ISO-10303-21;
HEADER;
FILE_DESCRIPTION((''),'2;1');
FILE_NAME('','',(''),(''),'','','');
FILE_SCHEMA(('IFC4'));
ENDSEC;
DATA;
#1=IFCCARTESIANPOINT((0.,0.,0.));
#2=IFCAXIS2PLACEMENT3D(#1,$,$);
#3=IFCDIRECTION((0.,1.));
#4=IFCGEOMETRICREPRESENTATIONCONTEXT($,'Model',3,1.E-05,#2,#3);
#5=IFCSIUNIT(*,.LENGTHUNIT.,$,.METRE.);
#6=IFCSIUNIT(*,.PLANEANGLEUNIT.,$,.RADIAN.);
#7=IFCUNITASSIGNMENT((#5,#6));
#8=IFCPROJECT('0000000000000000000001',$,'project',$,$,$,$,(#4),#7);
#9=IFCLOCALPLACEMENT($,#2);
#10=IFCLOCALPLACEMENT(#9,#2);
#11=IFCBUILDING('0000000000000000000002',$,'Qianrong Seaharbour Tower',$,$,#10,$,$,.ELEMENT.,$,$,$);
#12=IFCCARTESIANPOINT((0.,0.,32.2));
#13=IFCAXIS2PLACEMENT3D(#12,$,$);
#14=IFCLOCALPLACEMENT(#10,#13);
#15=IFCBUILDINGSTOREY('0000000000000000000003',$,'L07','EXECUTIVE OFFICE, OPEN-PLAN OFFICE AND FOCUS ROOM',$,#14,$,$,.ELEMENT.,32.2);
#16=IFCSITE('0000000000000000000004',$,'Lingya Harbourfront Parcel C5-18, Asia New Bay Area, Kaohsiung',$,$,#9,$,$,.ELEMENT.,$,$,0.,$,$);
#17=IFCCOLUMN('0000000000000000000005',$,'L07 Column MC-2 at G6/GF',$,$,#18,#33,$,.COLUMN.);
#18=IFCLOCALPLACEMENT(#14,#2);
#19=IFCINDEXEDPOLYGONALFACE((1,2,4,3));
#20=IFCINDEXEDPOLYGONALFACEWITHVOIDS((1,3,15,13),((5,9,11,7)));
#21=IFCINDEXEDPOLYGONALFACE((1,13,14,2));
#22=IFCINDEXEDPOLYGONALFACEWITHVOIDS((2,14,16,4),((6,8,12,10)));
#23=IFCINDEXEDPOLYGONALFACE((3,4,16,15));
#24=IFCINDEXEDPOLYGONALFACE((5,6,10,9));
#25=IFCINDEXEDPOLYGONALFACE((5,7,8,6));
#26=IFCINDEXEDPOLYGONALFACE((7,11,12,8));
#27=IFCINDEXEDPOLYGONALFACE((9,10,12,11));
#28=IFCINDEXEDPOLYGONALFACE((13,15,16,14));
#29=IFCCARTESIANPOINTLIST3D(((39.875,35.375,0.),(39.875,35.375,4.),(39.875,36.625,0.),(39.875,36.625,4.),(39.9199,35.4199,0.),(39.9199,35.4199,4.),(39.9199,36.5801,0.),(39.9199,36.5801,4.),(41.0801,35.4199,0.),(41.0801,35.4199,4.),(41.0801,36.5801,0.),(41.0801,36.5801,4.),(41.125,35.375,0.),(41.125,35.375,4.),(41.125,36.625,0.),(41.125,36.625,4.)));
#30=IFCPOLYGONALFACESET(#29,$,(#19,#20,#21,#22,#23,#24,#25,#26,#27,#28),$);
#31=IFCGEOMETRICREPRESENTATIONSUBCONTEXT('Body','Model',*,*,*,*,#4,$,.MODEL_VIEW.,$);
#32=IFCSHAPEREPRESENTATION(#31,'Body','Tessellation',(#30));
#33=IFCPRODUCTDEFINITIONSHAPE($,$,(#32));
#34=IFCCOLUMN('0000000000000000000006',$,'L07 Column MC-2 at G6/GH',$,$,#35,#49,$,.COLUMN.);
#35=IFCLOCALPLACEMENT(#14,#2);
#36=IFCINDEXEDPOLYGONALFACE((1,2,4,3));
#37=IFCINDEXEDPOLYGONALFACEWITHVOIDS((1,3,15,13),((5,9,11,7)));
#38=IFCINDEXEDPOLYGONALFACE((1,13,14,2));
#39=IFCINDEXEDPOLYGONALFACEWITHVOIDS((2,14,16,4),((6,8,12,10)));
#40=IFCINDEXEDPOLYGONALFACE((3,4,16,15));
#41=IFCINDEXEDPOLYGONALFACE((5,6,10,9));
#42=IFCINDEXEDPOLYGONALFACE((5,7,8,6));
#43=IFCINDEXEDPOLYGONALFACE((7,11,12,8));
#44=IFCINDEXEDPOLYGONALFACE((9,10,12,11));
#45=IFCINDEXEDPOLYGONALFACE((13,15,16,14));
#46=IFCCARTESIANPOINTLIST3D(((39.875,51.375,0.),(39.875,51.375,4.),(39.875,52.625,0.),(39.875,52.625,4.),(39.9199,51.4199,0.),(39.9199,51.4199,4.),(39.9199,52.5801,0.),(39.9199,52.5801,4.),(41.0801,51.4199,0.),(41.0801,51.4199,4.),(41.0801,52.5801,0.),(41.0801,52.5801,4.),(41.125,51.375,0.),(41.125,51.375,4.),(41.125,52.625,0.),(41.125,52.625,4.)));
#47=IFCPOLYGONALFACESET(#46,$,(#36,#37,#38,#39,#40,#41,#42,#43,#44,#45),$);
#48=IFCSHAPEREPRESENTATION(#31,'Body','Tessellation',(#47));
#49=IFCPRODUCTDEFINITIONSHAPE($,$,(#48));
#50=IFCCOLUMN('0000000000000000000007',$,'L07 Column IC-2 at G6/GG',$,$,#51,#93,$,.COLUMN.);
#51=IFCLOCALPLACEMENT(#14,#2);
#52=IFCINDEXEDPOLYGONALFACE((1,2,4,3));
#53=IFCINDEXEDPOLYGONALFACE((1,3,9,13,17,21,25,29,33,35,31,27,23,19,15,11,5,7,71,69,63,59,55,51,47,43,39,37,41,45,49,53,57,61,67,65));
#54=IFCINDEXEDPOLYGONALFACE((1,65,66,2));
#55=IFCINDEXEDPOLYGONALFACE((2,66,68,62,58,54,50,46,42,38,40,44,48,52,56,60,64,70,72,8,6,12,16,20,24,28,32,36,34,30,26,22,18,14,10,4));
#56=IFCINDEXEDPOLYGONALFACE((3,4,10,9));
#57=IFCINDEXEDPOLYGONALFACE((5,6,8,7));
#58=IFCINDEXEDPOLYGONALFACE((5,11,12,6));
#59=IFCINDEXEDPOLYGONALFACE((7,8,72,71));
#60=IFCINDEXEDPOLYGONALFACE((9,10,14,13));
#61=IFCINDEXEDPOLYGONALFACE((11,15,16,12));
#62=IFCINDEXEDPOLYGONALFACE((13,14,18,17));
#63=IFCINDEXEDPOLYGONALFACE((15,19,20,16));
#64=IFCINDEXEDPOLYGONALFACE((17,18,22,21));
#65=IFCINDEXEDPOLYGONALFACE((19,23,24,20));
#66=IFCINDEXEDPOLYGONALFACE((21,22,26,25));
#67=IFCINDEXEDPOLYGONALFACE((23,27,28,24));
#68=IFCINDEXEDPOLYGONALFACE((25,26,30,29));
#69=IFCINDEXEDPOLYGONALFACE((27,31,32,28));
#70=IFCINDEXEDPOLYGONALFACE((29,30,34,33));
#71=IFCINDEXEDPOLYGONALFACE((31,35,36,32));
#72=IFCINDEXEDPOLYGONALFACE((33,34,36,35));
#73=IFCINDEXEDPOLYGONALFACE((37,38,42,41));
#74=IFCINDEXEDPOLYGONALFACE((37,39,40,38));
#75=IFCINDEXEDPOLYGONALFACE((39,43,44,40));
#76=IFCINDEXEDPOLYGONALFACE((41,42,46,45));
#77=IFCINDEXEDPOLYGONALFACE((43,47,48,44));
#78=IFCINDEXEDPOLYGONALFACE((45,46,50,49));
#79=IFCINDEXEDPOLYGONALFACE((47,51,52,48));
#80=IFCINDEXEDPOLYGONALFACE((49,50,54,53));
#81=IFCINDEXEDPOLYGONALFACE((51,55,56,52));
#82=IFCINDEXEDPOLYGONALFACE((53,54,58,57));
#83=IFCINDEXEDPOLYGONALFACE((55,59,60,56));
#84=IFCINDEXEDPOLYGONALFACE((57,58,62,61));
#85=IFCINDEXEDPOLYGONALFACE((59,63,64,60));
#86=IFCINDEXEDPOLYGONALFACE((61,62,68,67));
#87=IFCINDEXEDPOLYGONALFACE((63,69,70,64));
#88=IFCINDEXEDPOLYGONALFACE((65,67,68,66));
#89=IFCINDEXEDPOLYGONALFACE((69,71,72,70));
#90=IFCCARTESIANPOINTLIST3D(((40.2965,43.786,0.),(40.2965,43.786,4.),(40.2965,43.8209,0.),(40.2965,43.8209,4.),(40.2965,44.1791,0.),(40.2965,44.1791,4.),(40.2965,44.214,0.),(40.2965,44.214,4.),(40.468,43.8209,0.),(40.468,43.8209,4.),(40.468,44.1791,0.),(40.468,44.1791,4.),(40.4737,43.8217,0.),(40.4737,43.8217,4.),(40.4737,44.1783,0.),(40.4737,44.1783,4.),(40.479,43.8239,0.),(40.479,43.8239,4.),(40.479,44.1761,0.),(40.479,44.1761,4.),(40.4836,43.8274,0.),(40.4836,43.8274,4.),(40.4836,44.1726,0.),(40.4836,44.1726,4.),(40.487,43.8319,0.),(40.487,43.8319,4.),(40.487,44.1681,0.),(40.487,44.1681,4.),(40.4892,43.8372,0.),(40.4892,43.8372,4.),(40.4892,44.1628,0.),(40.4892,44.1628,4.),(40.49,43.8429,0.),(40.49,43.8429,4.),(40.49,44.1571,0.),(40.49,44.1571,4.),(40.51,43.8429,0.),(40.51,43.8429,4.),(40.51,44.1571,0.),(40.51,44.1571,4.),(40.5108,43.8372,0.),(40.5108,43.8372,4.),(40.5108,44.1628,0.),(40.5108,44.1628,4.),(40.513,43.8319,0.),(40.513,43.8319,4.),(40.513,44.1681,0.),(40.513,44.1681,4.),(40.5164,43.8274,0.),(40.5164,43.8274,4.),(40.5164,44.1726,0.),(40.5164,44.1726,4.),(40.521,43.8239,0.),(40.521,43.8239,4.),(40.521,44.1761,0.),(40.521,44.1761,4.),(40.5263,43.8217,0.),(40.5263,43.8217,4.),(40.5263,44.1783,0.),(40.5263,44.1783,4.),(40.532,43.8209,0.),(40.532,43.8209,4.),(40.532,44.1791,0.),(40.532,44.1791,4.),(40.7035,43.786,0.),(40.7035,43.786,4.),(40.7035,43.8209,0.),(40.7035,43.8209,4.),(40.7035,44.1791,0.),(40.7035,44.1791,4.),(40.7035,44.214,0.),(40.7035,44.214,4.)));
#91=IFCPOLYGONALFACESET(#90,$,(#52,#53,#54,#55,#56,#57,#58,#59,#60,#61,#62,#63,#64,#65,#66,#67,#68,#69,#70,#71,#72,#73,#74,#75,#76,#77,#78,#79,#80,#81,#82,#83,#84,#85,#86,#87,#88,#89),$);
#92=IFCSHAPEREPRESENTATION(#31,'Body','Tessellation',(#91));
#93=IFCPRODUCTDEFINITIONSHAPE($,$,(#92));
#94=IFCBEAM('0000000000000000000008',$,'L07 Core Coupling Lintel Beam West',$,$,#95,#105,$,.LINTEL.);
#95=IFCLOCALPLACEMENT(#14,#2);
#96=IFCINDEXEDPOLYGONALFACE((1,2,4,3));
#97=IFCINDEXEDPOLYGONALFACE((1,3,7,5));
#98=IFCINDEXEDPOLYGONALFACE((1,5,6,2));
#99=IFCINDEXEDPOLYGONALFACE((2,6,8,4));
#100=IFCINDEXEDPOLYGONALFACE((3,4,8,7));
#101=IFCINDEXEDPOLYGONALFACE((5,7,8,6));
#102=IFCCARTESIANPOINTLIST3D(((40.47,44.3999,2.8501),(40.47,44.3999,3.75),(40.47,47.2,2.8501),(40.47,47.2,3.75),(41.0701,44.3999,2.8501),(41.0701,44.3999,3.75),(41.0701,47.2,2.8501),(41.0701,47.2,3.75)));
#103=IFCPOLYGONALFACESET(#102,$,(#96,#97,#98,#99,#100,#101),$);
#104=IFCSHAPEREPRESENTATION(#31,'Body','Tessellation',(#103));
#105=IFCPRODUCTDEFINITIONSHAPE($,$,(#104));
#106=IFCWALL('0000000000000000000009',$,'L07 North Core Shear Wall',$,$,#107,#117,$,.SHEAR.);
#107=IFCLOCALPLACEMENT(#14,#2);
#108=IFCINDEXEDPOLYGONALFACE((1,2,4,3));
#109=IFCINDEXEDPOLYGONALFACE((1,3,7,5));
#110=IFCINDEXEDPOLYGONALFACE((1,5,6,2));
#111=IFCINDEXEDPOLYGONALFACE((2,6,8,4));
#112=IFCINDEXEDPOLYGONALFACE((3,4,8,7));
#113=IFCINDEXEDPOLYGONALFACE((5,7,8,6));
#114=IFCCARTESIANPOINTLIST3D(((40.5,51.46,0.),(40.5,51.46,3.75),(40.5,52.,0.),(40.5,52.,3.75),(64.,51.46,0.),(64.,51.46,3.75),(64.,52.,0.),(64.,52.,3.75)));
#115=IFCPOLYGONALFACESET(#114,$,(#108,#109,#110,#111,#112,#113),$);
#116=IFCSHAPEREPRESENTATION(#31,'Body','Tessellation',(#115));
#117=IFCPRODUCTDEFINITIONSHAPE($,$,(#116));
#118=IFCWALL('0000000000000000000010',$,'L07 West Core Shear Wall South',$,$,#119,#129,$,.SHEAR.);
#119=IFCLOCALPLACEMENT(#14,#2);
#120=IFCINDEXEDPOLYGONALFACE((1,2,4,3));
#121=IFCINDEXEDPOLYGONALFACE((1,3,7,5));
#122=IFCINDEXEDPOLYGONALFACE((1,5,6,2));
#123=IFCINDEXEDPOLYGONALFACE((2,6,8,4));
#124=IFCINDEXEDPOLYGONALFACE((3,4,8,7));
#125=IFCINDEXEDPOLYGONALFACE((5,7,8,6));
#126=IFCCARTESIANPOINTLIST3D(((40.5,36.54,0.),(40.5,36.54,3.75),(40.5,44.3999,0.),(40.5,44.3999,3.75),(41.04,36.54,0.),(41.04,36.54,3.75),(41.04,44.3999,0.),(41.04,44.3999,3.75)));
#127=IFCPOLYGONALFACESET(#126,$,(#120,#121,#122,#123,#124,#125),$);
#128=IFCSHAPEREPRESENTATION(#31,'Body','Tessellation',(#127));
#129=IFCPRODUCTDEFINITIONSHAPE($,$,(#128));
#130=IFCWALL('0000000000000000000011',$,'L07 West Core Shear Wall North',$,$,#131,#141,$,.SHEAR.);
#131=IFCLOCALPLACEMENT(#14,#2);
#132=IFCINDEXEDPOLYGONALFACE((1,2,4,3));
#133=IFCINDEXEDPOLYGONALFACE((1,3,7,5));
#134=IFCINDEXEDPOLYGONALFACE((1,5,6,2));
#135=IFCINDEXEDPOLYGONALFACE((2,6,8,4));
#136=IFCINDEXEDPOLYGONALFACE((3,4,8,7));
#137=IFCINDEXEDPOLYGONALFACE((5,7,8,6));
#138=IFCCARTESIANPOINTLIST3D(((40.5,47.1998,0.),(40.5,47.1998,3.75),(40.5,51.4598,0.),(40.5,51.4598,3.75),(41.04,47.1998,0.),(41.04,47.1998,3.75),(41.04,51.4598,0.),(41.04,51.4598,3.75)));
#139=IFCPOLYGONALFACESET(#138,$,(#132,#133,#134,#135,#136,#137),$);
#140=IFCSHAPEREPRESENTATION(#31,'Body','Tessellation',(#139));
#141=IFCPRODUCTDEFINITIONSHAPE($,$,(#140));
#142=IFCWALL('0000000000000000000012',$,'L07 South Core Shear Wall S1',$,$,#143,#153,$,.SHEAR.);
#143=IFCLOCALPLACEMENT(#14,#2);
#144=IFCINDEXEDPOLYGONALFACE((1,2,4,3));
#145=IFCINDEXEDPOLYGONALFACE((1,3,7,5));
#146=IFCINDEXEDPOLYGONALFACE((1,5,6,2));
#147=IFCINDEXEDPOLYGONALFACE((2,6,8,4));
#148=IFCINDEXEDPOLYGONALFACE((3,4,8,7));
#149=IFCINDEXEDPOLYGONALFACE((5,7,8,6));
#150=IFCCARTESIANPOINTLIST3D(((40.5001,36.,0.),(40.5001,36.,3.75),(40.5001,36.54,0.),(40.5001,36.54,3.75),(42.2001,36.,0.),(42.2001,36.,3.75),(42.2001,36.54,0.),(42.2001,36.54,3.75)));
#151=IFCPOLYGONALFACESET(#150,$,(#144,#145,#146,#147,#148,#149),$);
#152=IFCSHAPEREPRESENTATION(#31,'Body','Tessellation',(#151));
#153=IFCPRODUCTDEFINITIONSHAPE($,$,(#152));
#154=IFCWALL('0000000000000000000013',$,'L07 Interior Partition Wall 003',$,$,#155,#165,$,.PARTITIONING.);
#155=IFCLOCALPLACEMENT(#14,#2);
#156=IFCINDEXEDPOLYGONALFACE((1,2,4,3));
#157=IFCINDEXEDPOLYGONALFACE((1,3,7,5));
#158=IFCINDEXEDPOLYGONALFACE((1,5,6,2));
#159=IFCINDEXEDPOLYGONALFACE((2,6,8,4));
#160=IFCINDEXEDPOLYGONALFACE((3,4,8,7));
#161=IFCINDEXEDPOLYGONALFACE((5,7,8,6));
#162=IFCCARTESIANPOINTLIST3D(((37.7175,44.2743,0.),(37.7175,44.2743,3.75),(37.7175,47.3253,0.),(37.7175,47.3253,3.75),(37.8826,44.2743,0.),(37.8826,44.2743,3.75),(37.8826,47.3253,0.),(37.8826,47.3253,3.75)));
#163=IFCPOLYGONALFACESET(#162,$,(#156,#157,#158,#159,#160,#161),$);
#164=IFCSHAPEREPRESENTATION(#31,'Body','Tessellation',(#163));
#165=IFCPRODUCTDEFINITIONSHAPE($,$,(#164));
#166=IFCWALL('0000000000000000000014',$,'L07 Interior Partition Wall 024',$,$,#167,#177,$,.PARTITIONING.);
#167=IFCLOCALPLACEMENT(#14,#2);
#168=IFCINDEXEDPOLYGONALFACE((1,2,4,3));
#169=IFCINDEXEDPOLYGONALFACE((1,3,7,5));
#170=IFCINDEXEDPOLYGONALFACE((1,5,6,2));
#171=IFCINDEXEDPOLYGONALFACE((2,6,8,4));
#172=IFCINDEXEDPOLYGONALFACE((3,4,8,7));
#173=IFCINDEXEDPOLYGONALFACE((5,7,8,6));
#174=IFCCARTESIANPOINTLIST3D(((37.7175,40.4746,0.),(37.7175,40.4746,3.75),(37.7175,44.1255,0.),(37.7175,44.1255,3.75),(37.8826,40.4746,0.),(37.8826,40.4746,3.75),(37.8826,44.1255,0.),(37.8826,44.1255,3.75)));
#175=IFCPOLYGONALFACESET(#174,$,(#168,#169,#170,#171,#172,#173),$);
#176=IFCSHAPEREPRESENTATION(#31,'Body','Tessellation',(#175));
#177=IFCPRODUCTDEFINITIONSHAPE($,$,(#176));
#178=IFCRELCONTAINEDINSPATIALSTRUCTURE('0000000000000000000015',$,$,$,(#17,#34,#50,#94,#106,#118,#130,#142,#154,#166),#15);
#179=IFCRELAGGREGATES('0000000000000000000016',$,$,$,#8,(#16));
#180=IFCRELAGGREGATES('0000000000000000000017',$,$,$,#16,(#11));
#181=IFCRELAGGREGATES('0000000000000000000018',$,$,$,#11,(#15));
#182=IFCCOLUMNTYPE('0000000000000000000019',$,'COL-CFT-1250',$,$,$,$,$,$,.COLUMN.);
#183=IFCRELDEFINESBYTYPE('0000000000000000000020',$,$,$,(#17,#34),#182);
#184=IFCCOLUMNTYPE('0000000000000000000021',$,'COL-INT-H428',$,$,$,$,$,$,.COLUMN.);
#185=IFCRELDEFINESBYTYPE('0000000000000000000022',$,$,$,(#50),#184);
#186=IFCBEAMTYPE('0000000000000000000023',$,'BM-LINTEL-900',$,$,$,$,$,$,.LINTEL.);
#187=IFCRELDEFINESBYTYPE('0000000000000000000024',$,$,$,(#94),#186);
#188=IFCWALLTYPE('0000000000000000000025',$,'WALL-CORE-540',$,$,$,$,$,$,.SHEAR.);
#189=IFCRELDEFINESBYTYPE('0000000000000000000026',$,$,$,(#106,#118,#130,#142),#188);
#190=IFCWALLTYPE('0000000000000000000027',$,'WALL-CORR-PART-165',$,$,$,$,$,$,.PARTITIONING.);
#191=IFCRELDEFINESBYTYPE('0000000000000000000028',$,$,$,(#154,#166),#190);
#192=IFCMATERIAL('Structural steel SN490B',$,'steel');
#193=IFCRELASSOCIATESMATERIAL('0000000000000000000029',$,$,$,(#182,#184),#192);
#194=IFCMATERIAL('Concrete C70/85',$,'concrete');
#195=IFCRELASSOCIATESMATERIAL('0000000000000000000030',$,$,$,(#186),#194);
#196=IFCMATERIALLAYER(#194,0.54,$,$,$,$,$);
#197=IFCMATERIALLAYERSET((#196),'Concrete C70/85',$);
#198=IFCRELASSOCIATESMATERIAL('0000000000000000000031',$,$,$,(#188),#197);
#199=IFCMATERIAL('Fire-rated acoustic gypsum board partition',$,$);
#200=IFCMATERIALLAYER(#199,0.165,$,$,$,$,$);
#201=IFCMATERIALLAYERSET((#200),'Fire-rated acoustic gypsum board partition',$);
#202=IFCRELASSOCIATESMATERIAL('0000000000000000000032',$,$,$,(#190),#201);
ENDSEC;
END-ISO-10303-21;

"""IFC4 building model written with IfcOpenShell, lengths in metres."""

from ifc_helpers import new_model, si_unit, direction, frame, frame_2d, origin, origin_2d, place, context, subcontext, project, spatial, rectangle, hollow_rectangle, i_section, extrude, material, layer, layer_set, material_profile, profile_set, type_object, element, save


model = new_model("IFC4")

# Units and contexts
model_context = context("Model", 3, precision=1e-05, world=origin(), true_north=direction((0.0, 1.0)))
body_context = subcontext(model_context, "Body", "Model", "MODEL_VIEW")
ifc_project = project(units=[si_unit("LENGTHUNIT", "METRE"), si_unit("PLANEANGLEUNIT", "RADIAN")], contexts=[model_context])

# Site, building, storey
site_placement = place(None, origin())
site = spatial("IfcSite", under=ifc_project, at=site_placement, Name="Lingya Harbourfront Parcel C5-18, Asia New Bay Area, Kaohsiung", CompositionType="ELEMENT", RefElevation=0.0)
building_placement = place(site_placement, origin())
building = spatial("IfcBuilding", under=site, at=building_placement, Name="Qianrong Seaharbour Tower", CompositionType="ELEMENT")
storey_placement = place(building_placement, frame((0.0, 0.0, 32.2)))
storey = spatial("IfcBuildingStorey", under=building, at=storey_placement, Name="L07", Description="EXECUTIVE OFFICE, OPEN-PLAN OFFICE AND FOCUS ROOM", CompositionType="ELEMENT", Elevation=32.2)

# Columns
ifc_material_1 = material(Name="Structural steel SN490B", Category="steel")
ifc_material_profile_1 = material_profile(ifc_material_1, hollow_rectangle(XDim=1.25, YDim=1.25, WallThickness=0.0449, at=origin_2d()), Name="BOX1250x1250x45")
ifc_profile_set_1 = profile_set([ifc_material_profile_1], Name="Structural steel SN490B")
column_type_1 = type_object("IfcColumnType", Name="COL-CFT-1250", PredefinedType="COLUMN", material=ifc_profile_set_1)
for number, where, z_axis, x_axis, name in (
    (1, (40.5, 36.0, 0.0), (0.0, 0.0, 1.0), (1.0, 0.0, 0.0), "L07 Column MC-2 at G6/GF"),
    (2, (40.5, 52.0, 0.0), (0.0, 0.0, 1.0), (1.0, 0.0, 0.0), "L07 Column MC-2 at G6/GH"),
):
    element("IfcColumn", number, at=place(storey_placement, frame(where, z_axis=z_axis, x_axis=x_axis)), inside=storey, type_object=column_type_1, Name=name, PredefinedType="COLUMN", context=body_context, shape_type="SweptSolid", body=[
        extrude(hollow_rectangle(XDim=1.25, YDim=1.25, WallThickness=0.0449, at=origin_2d()), origin(), (0.0, 0.0, 1.0), 4.0),
    ])
ifc_material_profile_2 = material_profile(ifc_material_1, i_section(OverallWidth=0.407, OverallDepth=0.428, WebThickness=0.02, FlangeThickness=0.0349, FilletRadius=0.022, at=origin_2d()), Name="H428x407x20x35")
ifc_profile_set_2 = profile_set([ifc_material_profile_2], Name="Structural steel SN490B")
column_type_2 = type_object("IfcColumnType", Name="COL-INT-H428", PredefinedType="COLUMN", material=ifc_profile_set_2)
column_placement = place(storey_placement, frame((40.5, 44.0, 0.0), z_axis=(0.0, 0.0, 1.0), x_axis=(1.0, 0.0, 0.0)))
element("IfcColumn", 3, at=column_placement, inside=storey, type_object=column_type_2, Name="L07 Column IC-2 at G6/GG", PredefinedType="COLUMN", context=body_context, shape_type="SweptSolid", body=[
    extrude(i_section(OverallWidth=0.407, OverallDepth=0.428, WebThickness=0.02, FlangeThickness=0.0349, FilletRadius=0.022, at=origin_2d()), origin(), (0.0, 0.0, 1.0), 4.0),
])

# Beam
ifc_material_2 = material(Name="Concrete C70/85", Category="concrete")
ifc_material_profile_3 = material_profile(ifc_material_2, rectangle(XDim=0.6001, YDim=0.8999, at=origin_2d()), Name="RC600x900")
ifc_profile_set_3 = profile_set([ifc_material_profile_3], Name="Concrete C70/85")
beam_type = type_object("IfcBeamType", Name="BM-LINTEL-900", PredefinedType="LINTEL", material=ifc_profile_set_3)
beam_placement = place(storey_placement, frame((40.77, 44.3999, 3.3), z_axis=(0.0, 1.0, 0.0), x_axis=(-1.0, 0.0, 0.0)))
element("IfcBeam", 4, at=beam_placement, inside=storey, type_object=beam_type, Name="L07 Core Coupling Lintel Beam West", PredefinedType="LINTEL", context=body_context, shape_type="SweptSolid", body=[
    extrude(rectangle(XDim=0.6001, YDim=0.8999, at=origin_2d()), origin(), (0.0, 0.0, 1.0), 2.8),
])

# Walls
ifc_layer_1 = layer(ifc_material_2, 0.54)
ifc_layer_set_1 = layer_set([ifc_layer_1], Name="Concrete C70/85")
wall_type_1 = type_object("IfcWallType", Name="WALL-CORE-540", PredefinedType="SHEAR", material=ifc_layer_set_1)
wall_1_placement = place(storey_placement, frame((40.5, 51.73, 0.0), z_axis=(0.0, 0.0, 1.0), x_axis=(1.0, 0.0, 0.0)))
element("IfcWall", 5, at=wall_1_placement, inside=storey, type_object=wall_type_1, Name="L07 North Core Shear Wall", PredefinedType="SHEAR", context=body_context, shape_type="SweptSolid", body=[
    extrude(rectangle(XDim=23.5, YDim=0.54, at=frame_2d((11.75, 0.0))), origin(), (0.0, 0.0, 1.0), 3.75),
])
wall_2_placement = place(storey_placement, frame((40.77, 36.54, 0.0), z_axis=(0.0, 0.0, 1.0), x_axis=(0.0, 1.0, 0.0)))
element("IfcWall", 6, at=wall_2_placement, inside=storey, type_object=wall_type_1, Name="L07 West Core Shear Wall South", PredefinedType="SHEAR", context=body_context, shape_type="SweptSolid", body=[
    extrude(rectangle(XDim=7.8599, YDim=0.54, at=frame_2d((3.9299, 0.0))), origin(), (0.0, 0.0, 1.0), 3.75),
])
wall_3_placement = place(storey_placement, frame((40.77, 47.2, 0.0), z_axis=(0.0, 0.0, 1.0), x_axis=(0.0, 1.0, 0.0)))
element("IfcWall", 7, at=wall_3_placement, inside=storey, type_object=wall_type_1, Name="L07 West Core Shear Wall North", PredefinedType="SHEAR", context=body_context, shape_type="SweptSolid", body=[
    extrude(rectangle(XDim=4.26, YDim=0.54, at=frame_2d((2.1299, 0.0))), origin(), (0.0, 0.0, 1.0), 3.75),
])
wall_4_placement = place(storey_placement, frame((40.5, 36.27, 0.0), z_axis=(0.0, 0.0, 1.0), x_axis=(1.0, 0.0, 0.0)))
element("IfcWall", 8, at=wall_4_placement, inside=storey, type_object=wall_type_1, Name="L07 South Core Shear Wall S1", PredefinedType="SHEAR", context=body_context, shape_type="SweptSolid", body=[
    extrude(rectangle(XDim=1.7, YDim=0.54, at=frame_2d((0.8501, 0.0))), origin(), (0.0, 0.0, 1.0), 3.75),
])

# Shared definitions
ifc_material_3 = material(Name="Fire-rated acoustic gypsum board partition")
ifc_layer_2 = layer(ifc_material_3, 0.165)
ifc_layer_set_2 = layer_set([ifc_layer_2], Name="Fire-rated acoustic gypsum board partition")
wall_type_2 = type_object("IfcWallType", Name="WALL-CORR-PART-165", PredefinedType="PARTITIONING", material=ifc_layer_set_2)

# Walls
wall_5_placement = place(storey_placement, frame((37.8, 44.2744, 0.0), z_axis=(0.0, 0.0, 1.0), x_axis=(0.0, 1.0, 0.0)))
element("IfcWall", 9, at=wall_5_placement, inside=storey, type_object=wall_type_2, Name="L07 Interior Partition Wall 003", PredefinedType="PARTITIONING", context=body_context, shape_type="SweptSolid", body=[
    extrude(rectangle(XDim=3.051, YDim=0.165, at=frame_2d((1.5254, 0.0))), origin(), (0.0, 0.0, 1.0), 3.75),
])
wall_6_placement = place(storey_placement, frame((37.8, 40.4746, 0.0), z_axis=(0.0, 0.0, 1.0), x_axis=(0.0, 1.0, 0.0)))
element("IfcWall", 10, at=wall_6_placement, inside=storey, type_object=wall_type_2, Name="L07 Interior Partition Wall 024", PredefinedType="PARTITIONING", context=body_context, shape_type="SweptSolid", body=[
    extrude(rectangle(XDim=3.6509, YDim=0.165, at=frame_2d((1.8254, 0.0))), origin(), (0.0, 0.0, 1.0), 3.75),
])

save(model, "model.ifc")
